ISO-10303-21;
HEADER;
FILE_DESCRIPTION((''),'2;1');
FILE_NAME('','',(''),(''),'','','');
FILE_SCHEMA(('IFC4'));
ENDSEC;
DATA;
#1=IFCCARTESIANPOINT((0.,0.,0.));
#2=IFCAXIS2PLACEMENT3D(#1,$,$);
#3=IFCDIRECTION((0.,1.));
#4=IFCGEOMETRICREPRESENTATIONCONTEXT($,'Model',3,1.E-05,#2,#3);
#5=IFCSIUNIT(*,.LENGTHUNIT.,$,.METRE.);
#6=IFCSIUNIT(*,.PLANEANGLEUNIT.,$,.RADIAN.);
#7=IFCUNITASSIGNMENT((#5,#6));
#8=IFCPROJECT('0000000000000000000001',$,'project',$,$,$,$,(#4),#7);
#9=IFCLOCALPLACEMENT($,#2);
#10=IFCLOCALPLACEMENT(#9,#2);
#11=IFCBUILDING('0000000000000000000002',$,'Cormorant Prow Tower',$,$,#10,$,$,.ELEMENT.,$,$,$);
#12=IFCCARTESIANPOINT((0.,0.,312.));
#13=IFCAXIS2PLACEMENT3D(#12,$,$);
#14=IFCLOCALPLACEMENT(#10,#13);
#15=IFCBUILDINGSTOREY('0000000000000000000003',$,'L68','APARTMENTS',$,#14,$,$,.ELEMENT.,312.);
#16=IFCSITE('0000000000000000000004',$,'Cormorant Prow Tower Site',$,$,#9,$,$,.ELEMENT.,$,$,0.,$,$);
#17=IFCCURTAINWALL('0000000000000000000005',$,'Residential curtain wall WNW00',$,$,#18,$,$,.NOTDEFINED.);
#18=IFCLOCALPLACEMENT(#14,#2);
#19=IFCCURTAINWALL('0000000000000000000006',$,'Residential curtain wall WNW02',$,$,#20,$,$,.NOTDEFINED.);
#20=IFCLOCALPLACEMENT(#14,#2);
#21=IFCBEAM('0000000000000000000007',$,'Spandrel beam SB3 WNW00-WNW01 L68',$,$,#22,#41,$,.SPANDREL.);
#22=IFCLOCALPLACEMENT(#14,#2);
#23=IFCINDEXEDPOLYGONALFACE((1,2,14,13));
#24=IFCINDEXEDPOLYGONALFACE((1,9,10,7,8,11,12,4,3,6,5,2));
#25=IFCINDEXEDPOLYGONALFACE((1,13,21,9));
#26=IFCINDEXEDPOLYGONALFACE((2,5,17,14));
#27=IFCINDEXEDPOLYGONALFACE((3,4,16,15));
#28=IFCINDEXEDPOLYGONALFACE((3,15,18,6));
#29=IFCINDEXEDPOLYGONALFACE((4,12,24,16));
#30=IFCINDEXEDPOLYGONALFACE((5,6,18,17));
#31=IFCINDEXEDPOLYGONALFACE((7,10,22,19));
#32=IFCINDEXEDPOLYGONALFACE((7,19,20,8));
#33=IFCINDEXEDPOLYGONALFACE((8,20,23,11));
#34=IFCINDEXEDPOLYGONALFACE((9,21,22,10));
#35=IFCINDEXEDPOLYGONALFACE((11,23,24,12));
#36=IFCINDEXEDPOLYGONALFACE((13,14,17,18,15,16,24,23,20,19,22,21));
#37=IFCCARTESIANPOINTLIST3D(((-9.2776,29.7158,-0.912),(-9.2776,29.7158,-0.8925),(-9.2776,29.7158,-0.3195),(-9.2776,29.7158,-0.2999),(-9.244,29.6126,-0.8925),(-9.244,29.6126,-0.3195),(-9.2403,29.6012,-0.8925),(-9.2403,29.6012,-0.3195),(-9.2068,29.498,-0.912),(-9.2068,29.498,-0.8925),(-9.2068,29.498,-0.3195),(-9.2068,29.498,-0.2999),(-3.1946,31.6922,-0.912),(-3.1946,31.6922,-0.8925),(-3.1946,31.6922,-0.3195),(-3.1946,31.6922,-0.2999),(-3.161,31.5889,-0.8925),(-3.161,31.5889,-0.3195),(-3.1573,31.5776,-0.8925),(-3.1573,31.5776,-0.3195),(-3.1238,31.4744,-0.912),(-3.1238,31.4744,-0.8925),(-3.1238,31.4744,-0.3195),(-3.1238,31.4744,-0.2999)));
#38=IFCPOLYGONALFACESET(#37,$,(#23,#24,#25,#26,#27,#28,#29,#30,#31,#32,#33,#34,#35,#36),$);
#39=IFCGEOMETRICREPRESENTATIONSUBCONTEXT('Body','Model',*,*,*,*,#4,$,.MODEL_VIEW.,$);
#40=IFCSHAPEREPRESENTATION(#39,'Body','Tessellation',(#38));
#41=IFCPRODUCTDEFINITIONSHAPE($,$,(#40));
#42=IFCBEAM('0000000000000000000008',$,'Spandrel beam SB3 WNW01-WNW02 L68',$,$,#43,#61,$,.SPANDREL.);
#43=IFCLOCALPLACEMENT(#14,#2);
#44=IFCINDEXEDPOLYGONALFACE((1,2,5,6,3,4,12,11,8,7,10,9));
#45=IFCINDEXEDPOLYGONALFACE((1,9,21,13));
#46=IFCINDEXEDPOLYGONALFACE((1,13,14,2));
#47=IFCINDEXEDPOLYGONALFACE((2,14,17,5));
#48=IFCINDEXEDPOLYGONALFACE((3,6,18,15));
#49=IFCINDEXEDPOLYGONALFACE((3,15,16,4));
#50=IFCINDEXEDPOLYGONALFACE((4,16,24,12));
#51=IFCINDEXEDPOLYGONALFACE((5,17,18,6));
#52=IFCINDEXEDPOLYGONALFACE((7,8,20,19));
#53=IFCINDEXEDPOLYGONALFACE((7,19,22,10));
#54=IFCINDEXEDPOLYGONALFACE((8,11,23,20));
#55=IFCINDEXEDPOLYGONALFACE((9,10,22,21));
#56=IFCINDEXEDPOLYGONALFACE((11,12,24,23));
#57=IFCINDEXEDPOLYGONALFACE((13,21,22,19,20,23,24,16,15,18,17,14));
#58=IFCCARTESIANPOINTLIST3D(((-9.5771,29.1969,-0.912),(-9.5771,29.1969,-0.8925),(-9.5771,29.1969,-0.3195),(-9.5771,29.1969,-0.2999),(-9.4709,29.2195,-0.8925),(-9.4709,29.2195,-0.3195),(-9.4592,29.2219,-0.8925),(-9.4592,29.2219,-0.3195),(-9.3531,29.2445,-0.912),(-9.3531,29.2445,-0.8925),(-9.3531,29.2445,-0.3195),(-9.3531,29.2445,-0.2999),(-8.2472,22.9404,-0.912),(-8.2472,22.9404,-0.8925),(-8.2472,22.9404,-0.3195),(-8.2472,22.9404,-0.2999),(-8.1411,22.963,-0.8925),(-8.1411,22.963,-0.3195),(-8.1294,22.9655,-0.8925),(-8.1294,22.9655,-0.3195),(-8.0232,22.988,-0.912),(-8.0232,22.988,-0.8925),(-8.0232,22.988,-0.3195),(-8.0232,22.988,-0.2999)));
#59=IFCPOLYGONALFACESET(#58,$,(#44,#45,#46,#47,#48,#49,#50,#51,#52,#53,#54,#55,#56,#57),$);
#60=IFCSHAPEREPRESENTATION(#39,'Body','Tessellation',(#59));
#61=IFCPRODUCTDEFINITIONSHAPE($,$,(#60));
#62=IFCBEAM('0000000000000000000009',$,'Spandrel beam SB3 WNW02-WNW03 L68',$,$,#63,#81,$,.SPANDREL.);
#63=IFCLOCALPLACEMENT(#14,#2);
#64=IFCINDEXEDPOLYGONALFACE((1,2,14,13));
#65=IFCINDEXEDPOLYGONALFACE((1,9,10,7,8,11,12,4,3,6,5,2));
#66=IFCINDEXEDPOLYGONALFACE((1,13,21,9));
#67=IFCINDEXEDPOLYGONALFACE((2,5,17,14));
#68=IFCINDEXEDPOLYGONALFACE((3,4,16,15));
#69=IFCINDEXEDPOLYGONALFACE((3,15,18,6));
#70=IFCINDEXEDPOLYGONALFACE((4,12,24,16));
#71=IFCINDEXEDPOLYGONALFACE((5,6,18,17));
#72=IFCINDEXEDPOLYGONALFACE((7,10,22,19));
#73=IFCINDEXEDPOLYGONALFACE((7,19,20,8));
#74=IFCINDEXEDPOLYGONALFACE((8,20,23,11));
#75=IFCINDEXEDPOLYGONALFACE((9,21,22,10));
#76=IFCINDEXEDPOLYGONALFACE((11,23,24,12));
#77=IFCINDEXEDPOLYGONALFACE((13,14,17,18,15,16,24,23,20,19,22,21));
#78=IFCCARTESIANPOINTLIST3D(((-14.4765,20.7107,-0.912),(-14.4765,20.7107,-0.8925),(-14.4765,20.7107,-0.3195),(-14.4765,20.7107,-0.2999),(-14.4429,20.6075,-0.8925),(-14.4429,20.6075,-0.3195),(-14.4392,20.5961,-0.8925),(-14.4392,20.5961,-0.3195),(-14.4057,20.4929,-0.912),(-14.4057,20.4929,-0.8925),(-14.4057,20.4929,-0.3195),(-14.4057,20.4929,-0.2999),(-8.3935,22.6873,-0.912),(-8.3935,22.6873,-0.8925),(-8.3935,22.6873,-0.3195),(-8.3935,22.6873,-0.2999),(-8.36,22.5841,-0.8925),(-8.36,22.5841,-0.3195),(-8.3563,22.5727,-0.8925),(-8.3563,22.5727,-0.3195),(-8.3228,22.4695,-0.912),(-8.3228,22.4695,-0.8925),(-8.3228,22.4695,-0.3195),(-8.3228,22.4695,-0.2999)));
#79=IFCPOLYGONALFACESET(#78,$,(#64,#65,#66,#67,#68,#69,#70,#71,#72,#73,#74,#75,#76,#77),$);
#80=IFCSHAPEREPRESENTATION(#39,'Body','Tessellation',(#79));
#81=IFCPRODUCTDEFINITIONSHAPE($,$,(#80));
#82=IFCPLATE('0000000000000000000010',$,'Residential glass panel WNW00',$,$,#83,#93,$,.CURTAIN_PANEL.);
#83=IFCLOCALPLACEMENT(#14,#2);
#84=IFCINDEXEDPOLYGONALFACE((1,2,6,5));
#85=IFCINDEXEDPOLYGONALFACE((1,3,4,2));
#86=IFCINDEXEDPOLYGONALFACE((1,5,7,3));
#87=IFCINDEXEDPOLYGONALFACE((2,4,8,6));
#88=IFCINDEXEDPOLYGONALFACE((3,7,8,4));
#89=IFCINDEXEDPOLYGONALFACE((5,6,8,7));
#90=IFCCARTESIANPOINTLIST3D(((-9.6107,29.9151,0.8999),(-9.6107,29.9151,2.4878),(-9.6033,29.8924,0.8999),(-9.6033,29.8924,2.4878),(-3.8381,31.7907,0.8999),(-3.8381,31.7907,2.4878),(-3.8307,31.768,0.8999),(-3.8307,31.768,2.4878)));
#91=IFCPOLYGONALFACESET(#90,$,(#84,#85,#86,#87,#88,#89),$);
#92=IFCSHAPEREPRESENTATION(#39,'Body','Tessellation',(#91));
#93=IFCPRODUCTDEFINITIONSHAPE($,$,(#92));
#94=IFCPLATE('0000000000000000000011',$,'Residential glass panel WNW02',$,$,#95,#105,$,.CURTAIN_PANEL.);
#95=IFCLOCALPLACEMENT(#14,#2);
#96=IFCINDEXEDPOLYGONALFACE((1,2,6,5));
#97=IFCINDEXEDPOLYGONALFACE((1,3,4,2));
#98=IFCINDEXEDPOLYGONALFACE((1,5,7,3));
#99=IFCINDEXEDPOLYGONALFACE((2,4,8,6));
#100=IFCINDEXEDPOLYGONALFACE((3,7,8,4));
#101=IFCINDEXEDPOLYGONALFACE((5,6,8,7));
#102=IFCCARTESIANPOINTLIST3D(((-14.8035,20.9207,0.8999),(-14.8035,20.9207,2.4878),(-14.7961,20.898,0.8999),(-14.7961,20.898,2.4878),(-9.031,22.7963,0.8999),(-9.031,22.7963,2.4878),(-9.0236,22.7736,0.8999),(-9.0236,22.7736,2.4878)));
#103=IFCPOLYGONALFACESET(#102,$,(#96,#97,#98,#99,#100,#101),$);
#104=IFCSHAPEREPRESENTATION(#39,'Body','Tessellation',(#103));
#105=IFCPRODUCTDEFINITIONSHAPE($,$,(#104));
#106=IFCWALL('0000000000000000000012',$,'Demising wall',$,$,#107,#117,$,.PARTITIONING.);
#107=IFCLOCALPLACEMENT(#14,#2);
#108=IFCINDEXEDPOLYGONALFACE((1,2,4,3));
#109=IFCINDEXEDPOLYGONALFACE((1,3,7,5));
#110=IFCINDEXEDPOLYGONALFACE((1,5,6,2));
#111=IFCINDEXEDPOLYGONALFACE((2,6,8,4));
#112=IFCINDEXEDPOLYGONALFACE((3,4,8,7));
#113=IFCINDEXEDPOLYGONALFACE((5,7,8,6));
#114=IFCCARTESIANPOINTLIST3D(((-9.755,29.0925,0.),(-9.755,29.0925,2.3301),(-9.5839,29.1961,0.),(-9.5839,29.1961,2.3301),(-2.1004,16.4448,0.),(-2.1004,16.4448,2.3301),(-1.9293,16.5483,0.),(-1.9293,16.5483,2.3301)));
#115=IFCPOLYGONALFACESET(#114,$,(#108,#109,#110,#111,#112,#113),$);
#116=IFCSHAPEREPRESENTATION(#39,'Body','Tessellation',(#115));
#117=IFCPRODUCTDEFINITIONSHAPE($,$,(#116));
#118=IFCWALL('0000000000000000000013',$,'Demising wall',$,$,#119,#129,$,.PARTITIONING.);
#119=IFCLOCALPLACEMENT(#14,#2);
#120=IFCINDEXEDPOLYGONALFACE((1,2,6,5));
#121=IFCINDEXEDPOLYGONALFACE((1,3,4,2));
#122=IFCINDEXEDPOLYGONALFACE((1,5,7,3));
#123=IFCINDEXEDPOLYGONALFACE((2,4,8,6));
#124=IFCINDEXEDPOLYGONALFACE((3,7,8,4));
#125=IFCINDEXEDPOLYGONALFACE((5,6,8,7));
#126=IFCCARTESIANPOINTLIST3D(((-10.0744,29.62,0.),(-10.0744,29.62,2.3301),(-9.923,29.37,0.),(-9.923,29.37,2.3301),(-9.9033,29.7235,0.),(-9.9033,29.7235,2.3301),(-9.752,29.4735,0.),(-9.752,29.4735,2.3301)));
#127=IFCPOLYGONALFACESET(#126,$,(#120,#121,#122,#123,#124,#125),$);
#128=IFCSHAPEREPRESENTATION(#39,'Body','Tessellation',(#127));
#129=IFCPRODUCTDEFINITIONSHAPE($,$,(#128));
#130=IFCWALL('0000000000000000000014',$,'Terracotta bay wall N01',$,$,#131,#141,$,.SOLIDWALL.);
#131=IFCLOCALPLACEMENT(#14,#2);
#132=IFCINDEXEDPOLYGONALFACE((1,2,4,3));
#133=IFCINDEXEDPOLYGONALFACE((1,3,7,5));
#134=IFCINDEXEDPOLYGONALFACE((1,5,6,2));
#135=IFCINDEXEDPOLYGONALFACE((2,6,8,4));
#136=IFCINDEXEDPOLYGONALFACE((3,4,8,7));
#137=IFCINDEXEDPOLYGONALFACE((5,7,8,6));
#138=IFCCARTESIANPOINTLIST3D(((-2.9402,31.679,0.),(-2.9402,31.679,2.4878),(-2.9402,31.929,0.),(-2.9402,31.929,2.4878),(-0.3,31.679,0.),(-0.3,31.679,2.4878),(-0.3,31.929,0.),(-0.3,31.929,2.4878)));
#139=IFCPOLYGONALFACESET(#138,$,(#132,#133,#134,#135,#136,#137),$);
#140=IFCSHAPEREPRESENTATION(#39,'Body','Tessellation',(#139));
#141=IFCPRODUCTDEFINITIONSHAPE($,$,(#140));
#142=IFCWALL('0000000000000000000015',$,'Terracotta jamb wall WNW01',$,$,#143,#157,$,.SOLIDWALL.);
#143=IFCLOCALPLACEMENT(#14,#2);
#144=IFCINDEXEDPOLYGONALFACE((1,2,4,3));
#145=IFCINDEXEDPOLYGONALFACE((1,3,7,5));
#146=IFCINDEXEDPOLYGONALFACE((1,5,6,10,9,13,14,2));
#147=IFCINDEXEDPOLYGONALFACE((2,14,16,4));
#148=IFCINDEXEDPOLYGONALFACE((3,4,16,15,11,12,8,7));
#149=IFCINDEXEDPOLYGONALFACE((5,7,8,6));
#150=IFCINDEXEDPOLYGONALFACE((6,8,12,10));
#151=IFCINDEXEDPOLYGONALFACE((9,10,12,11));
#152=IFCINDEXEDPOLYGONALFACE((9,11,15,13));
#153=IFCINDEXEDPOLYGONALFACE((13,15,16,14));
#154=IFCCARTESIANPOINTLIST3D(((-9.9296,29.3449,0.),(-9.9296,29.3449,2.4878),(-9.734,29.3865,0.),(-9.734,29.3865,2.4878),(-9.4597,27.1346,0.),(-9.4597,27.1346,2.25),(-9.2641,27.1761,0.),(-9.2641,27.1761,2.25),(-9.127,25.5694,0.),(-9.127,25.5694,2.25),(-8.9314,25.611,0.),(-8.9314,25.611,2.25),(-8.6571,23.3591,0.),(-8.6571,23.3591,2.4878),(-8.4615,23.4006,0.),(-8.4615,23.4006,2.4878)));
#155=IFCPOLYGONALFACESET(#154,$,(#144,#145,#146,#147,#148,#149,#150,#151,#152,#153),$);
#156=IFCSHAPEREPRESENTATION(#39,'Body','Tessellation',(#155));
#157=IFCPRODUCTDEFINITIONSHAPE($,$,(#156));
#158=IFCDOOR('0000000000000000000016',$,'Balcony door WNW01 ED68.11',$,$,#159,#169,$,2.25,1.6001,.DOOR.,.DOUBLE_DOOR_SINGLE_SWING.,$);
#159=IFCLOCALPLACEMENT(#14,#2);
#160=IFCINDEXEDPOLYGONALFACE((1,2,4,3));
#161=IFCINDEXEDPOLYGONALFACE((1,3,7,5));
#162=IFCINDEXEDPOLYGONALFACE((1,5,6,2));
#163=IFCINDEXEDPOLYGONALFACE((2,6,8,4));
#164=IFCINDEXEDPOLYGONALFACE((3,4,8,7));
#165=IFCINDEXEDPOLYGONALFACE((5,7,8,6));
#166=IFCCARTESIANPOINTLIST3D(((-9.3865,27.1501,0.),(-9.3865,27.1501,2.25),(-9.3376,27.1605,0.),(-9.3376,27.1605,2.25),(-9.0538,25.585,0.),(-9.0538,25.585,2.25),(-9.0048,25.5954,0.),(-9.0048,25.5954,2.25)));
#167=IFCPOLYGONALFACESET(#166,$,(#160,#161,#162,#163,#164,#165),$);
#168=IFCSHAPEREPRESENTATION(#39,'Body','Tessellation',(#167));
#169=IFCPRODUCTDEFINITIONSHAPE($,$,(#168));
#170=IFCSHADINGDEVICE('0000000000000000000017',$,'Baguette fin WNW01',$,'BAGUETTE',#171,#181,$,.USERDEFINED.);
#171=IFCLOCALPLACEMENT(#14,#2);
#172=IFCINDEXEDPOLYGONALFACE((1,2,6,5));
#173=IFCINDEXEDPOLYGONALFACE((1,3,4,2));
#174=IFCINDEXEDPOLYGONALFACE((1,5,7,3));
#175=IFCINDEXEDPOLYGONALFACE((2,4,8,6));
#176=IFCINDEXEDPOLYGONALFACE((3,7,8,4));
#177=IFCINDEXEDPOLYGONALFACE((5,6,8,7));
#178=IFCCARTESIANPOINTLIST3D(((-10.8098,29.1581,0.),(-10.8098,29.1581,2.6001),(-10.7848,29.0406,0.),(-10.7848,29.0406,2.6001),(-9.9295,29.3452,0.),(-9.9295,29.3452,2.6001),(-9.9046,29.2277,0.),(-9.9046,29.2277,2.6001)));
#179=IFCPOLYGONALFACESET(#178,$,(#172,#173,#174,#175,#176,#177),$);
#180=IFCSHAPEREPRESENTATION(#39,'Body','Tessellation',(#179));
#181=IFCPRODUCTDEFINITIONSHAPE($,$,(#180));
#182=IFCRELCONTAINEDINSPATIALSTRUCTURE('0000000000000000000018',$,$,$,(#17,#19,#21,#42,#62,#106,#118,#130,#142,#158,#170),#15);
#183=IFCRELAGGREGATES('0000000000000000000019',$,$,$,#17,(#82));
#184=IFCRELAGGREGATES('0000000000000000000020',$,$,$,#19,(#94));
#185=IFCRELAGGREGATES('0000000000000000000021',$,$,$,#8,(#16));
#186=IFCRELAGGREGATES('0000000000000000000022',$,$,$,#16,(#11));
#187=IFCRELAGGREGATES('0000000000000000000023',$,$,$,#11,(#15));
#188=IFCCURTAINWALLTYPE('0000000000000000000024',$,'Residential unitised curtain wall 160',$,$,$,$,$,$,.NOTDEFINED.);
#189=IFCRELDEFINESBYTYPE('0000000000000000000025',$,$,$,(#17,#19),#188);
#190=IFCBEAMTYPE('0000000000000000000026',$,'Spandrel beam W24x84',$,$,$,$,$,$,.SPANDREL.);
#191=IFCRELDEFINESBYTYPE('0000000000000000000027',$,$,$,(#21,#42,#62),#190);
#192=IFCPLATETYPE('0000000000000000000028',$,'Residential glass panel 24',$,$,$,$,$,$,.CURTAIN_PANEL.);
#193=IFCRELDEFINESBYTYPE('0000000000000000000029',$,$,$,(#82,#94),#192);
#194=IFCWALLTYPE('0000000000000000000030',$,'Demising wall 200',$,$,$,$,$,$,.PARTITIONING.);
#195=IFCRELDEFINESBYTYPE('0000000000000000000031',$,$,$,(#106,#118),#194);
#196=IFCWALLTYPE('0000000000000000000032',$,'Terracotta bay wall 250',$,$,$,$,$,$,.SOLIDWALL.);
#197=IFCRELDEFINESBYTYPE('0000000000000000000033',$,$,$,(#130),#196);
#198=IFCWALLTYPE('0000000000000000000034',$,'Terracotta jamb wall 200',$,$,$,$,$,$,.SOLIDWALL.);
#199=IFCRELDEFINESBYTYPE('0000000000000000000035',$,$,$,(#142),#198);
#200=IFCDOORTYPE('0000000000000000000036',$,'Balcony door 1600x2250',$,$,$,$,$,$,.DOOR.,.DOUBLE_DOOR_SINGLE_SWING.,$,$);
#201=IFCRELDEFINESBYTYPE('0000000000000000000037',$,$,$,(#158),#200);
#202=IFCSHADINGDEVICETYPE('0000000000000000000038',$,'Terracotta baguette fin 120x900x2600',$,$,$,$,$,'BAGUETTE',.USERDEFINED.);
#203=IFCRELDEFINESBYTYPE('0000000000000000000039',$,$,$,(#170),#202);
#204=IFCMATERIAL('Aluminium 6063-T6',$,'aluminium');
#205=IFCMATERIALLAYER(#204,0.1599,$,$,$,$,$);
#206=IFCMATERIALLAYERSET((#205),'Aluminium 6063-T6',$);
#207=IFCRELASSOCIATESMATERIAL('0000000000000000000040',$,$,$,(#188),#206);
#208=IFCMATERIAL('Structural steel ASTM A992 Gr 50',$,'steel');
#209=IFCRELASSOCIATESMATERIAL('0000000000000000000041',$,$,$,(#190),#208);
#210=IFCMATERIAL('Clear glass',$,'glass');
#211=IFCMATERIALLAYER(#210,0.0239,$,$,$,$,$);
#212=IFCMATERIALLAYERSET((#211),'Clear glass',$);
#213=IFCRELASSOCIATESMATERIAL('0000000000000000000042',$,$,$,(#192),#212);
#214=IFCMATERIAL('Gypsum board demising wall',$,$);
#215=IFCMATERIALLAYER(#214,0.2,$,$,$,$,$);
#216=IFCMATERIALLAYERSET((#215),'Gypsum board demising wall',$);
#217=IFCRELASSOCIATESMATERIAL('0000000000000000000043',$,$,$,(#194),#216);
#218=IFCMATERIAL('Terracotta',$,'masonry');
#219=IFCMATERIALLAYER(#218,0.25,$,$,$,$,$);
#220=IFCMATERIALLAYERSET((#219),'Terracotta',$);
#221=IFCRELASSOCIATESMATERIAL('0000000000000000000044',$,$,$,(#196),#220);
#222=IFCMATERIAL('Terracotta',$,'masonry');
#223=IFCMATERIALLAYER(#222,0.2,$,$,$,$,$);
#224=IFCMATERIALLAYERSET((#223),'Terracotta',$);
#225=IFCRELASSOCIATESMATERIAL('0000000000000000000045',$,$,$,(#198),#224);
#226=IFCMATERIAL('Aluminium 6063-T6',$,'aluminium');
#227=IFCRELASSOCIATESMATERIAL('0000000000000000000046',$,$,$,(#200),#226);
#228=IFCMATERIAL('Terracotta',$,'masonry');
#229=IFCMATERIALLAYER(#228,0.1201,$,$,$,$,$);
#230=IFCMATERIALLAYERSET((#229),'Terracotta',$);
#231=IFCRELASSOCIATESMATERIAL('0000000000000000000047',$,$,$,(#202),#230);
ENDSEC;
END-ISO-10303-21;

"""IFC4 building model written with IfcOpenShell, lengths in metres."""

from ifc_helpers import new_model, si_unit, direction, frame, frame_2d, origin, origin_2d, place, context, subcontext, project, spatial, rectangle, i_section, extrude, material, layer, layer_set, material_profile, profile_set, type_object, element, fill, aggregate, save


model = new_model("IFC4")

# Units and contexts
model_context = context("Model", 3, precision=1e-05, world=origin(), true_north=direction((0.0, 1.0)))
body_context = subcontext(model_context, "Body", "Model", "MODEL_VIEW")
ifc_project = project(units=[si_unit("LENGTHUNIT", "METRE"), si_unit("PLANEANGLEUNIT", "RADIAN")], contexts=[model_context])

# Site, building, storey
site_placement = place(None, origin())
site = spatial("IfcSite", under=ifc_project, at=site_placement, Name="Cormorant Prow Tower Site", CompositionType="ELEMENT", RefElevation=0.0)
building_placement = place(site_placement, origin())
building = spatial("IfcBuilding", under=site, at=building_placement, Name="Cormorant Prow Tower", CompositionType="ELEMENT")
storey_placement = place(building_placement, frame((0.0, 0.0, 312.0)))
storey = spatial("IfcBuildingStorey", under=building, at=storey_placement, Name="L68", Description="APARTMENTS", CompositionType="ELEMENT", Elevation=312.0)

# Curtain walls
ifc_material_1 = material(Name="Aluminium 6063-T6", Category="aluminium")
ifc_layer_1 = layer(ifc_material_1, 0.1599)
ifc_layer_set_1 = layer_set([ifc_layer_1], Name="Aluminium 6063-T6")
curtain_wall_type = type_object("IfcCurtainWallType", Name="Residential unitised curtain wall 160", PredefinedType="NOTDEFINED", material=ifc_layer_set_1)
curtain_wall_1_placement = place(storey_placement, origin())
curtain_wall_1 = element("IfcCurtainWall", 1, at=curtain_wall_1_placement, inside=storey, type_object=curtain_wall_type, Name="Residential curtain wall WNW00", PredefinedType="NOTDEFINED")
curtain_wall_2_placement = place(storey_placement, origin())
curtain_wall_2 = element("IfcCurtainWall", 2, at=curtain_wall_2_placement, inside=storey, type_object=curtain_wall_type, Name="Residential curtain wall WNW02", PredefinedType="NOTDEFINED")

# Beams
ifc_material_2 = material(Name="Structural steel ASTM A992 Gr 50", Category="steel")
ifc_material_profile_1 = material_profile(ifc_material_2, i_section(OverallWidth=0.229, OverallDepth=0.6121, WebThickness=0.012, FlangeThickness=0.0195, at=origin_2d()), Name="W24x84")
ifc_profile_set_1 = profile_set([ifc_material_profile_1], Name="Structural steel ASTM A992 Gr 50")
beam_type = type_object("IfcBeamType", Name="Spandrel beam W24x84", PredefinedType="SPANDREL", material=ifc_profile_set_1)
beam_1_placement = place(storey_placement, frame((-3.1592, 31.5833, -0.606), z_axis=(-0.951064, -0.308993, 0.0), x_axis=(0.308993, -0.951064, 0.0)))
element("IfcBeam", 3, at=beam_1_placement, inside=storey, type_object=beam_type, Name="Spandrel beam SB3 WNW00-WNW01 L68", PredefinedType="SPANDREL", context=body_context, shape_type="SweptSolid", body=[
    extrude(i_section(OverallWidth=0.229, OverallDepth=0.6121, WebThickness=0.012, FlangeThickness=0.0195, at=origin_2d()), origin(), (0.0, 0.0, 1.0), 6.396),
])
beam_2_placement = place(storey_placement, frame((-9.4651, 29.2207, -0.606), z_axis=(0.207913, -0.978147, 0.0), x_axis=(0.978147, 0.207913, 0.0)))
element("IfcBeam", 4, at=beam_2_placement, inside=storey, type_object=beam_type, Name="Spandrel beam SB3 WNW01-WNW02 L68", PredefinedType="SPANDREL", context=body_context, shape_type="SweptSolid", body=[
    extrude(i_section(OverallWidth=0.229, OverallDepth=0.6121, WebThickness=0.012, FlangeThickness=0.0195, at=origin_2d()), origin(), (0.0, 0.0, 1.0), 6.3962),
])
beam_3_placement = place(storey_placement, frame((-8.3582, 22.5784, -0.606), z_axis=(-0.951053, -0.309027, 0.0), x_axis=(0.309027, -0.951053, 0.0)))
element("IfcBeam", 5, at=beam_3_placement, inside=storey, type_object=beam_type, Name="Spandrel beam SB3 WNW02-WNW03 L68", PredefinedType="SPANDREL", context=body_context, shape_type="SweptSolid", body=[
    extrude(i_section(OverallWidth=0.229, OverallDepth=0.6121, WebThickness=0.012, FlangeThickness=0.0195, at=origin_2d()), origin(), (0.0, 0.0, 1.0), 6.396),
])

# Plates
ifc_material_3 = material(Name="Clear glass", Category="glass")
ifc_layer_2 = layer(ifc_material_3, 0.0239)
ifc_layer_set_2 = layer_set([ifc_layer_2], Name="Clear glass")
plate_type = type_object("IfcPlateType", Name="Residential glass panel 24", PredefinedType="CURTAIN_PANEL", material=ifc_layer_set_2)
plate_1_placement = place(storey_placement, frame((-6.7207, 30.8416, 0.8999), z_axis=(0.0, 0.0, 1.0), x_axis=(-0.951057, -0.309017, 0.0)))
plate_1 = element("IfcPlate", 6, at=plate_1_placement, type_object=plate_type, Name="Residential glass panel WNW00", PredefinedType="CURTAIN_PANEL", context=body_context, shape_type="SweptSolid", body=[
    extrude(rectangle(XDim=6.0696, YDim=0.0239, at=origin_2d()), origin(), (0.0, 0.0, 1.0), 1.5879),
])
aggregate(curtain_wall_1, [plate_1])
plate_2_placement = place(storey_placement, frame((-11.9136, 21.8472, 0.8999), z_axis=(0.0, 0.0, 1.0), x_axis=(-0.951057, -0.309017, 0.0)))
plate_2 = element("IfcPlate", 7, at=plate_2_placement, type_object=plate_type, Name="Residential glass panel WNW02", PredefinedType="CURTAIN_PANEL", context=body_context, shape_type="SweptSolid", body=[
    extrude(rectangle(XDim=6.0696, YDim=0.0239, at=origin_2d()), origin(), (0.0, 0.0, 1.0), 1.5879),
])
aggregate(curtain_wall_2, [plate_2])

# Walls
ifc_material_4 = material(Name="Gypsum board demising wall")
ifc_layer_3 = layer(ifc_material_4, 0.2)
ifc_layer_set_3 = layer_set([ifc_layer_3], Name="Gypsum board demising wall")
wall_type_1 = type_object("IfcWallType", Name="Demising wall 200", PredefinedType="PARTITIONING", material=ifc_layer_set_3)
wall_1_placement = place(storey_placement, frame((-9.6694, 29.1443, 0.0), z_axis=(0.0, 0.0, 1.0), x_axis=(0.517771, -0.85552, 0.0)))
element("IfcWall", 8, at=wall_1_placement, inside=storey, type_object=wall_type_1, Name="Demising wall", PredefinedType="PARTITIONING", context=body_context, shape_type="SweptSolid", body=[
    extrude(rectangle(XDim=14.7837, YDim=0.2, at=frame_2d((7.3918, 0.0))), origin(), (0.0, 0.0, 1.0), 2.3301),
])
wall_2_placement = place(storey_placement, frame((-9.9888, 29.6716, 0.0), z_axis=(0.0, 0.0, 1.0), x_axis=(0.517931, -0.855422, 0.0)))
element("IfcWall", 9, at=wall_2_placement, inside=storey, type_object=wall_type_1, Name="Demising wall", PredefinedType="PARTITIONING", context=body_context, shape_type="SweptSolid", body=[
    extrude(rectangle(XDim=0.2922, YDim=0.2, at=frame_2d((0.146, 0.0))), origin(), (0.0, 0.0, 1.0), 2.3301),
])
ifc_material_5 = material(Name="Terracotta", Category="masonry")
ifc_layer_4 = layer(ifc_material_5, 0.25)
ifc_layer_set_4 = layer_set([ifc_layer_4], Name="Terracotta")
wall_type_2 = type_object("IfcWallType", Name="Terracotta bay wall 250", PredefinedType="SOLIDWALL", material=ifc_layer_set_4)
wall_3_placement = place(storey_placement, frame((-0.3, 31.804, 0.0), z_axis=(0.0, 0.0, 1.0), x_axis=(-1.0, 0.0, 0.0)))
element("IfcWall", 10, at=wall_3_placement, inside=storey, type_object=wall_type_2, Name="Terracotta bay wall N01", PredefinedType="SOLIDWALL", context=body_context, shape_type="SweptSolid", body=[
    extrude(rectangle(XDim=2.6401, YDim=0.25, at=frame_2d((1.3201, 0.0))), origin(), (0.0, 0.0, 1.0), 2.4878),
])

# Wall, opening, door
ifc_material_6 = material(Name="Terracotta", Category="masonry")
ifc_layer_5 = layer(ifc_material_6, 0.2)
ifc_layer_set_5 = layer_set([ifc_layer_5], Name="Terracotta")
wall_type_3 = type_object("IfcWallType", Name="Terracotta jamb wall 200", PredefinedType="SOLIDWALL", material=ifc_layer_set_5)
wall_4_placement = place(storey_placement, frame((-9.8318, 29.3657, 0.0), z_axis=(0.0, 0.0, 1.0), x_axis=(0.207932, -0.978143, 0.0)))
wall_4 = element("IfcWall", 11, at=wall_4_placement, inside=storey, type_object=wall_type_3, Name="Terracotta jamb wall WNW01", PredefinedType="SOLIDWALL", context=body_context, shape_type="SweptSolid", body=[
    extrude(rectangle(XDim=6.1196, YDim=0.2, at=frame_2d((3.0598, 0.0))), origin(), (0.0, 0.0, 1.0), 2.4878),
])
opening_placement = place(wall_4_placement, frame((2.2598, 0.0, 0.0)))
opening = element("IfcOpeningElement", 12, at=opening_placement, cuts=wall_4, PredefinedType="OPENING", context=body_context, shape_type="SweptSolid", body=[
    extrude(rectangle(XDim=1.6001, YDim=2.25, at=frame_2d((0.8, 1.125))), frame((0.0, 0.1099, 0.0), z_axis=(0.0, -1.0, 0.0), x_axis=(1.0, 0.0, 0.0)), (0.0, 0.0, 1.0), 0.22),
])
ifc_material_7 = material(Name="Aluminium 6063-T6", Category="aluminium")
door_type = type_object("IfcDoorType", Name="Balcony door 1600x2250", OperationType="DOUBLE_DOOR_SINGLE_SWING", PredefinedType="DOOR", material=ifc_material_7)
door_placement = place(opening_placement, origin())
door = element("IfcDoor", 13, at=door_placement, inside=storey, type_object=door_type, Name="Balcony door WNW01 ED68.11", OperationType="DOUBLE_DOOR_SINGLE_SWING", OverallHeight=2.25, OverallWidth=1.6001, PredefinedType="DOOR", context=body_context, shape_type="SweptSolid", body=[
    extrude(rectangle(XDim=1.6001, YDim=2.25, at=frame_2d((0.8, 1.125))), frame((0.0, 0.0249, 0.0), z_axis=(0.0, -1.0, 0.0), x_axis=(1.0, 0.0, 0.0)), (0.0, 0.0, 1.0), 0.05),
])
fill(opening, door)

# Shading device
ifc_material_8 = material(Name="Terracotta", Category="masonry")
ifc_layer_6 = layer(ifc_material_8, 0.1201)
ifc_layer_set_6 = layer_set([ifc_layer_6], Name="Terracotta")
shading_device_type = type_object("IfcShadingDeviceType", Name="Terracotta baguette fin 120x900x2600", ElementType="BAGUETTE", PredefinedType="USERDEFINED", material=ifc_layer_set_6)
shading_device_placement = place(storey_placement, frame((-10.3572, 29.1929, 0.0), z_axis=(0.0, 0.0, 1.0), x_axis=(0.207912, -0.978148, 0.0)))
element("IfcShadingDevice", 14, at=shading_device_placement, inside=storey, type_object=shading_device_type, Name="Baguette fin WNW01", ObjectType="BAGUETTE", PredefinedType="USERDEFINED", context=body_context, shape_type="SweptSolid", body=[
    extrude(rectangle(XDim=0.1201, YDim=0.8999, at=origin_2d()), origin(), (0.0, 0.0, 1.0), 2.6001),
])

save(model, "model.ifc")
